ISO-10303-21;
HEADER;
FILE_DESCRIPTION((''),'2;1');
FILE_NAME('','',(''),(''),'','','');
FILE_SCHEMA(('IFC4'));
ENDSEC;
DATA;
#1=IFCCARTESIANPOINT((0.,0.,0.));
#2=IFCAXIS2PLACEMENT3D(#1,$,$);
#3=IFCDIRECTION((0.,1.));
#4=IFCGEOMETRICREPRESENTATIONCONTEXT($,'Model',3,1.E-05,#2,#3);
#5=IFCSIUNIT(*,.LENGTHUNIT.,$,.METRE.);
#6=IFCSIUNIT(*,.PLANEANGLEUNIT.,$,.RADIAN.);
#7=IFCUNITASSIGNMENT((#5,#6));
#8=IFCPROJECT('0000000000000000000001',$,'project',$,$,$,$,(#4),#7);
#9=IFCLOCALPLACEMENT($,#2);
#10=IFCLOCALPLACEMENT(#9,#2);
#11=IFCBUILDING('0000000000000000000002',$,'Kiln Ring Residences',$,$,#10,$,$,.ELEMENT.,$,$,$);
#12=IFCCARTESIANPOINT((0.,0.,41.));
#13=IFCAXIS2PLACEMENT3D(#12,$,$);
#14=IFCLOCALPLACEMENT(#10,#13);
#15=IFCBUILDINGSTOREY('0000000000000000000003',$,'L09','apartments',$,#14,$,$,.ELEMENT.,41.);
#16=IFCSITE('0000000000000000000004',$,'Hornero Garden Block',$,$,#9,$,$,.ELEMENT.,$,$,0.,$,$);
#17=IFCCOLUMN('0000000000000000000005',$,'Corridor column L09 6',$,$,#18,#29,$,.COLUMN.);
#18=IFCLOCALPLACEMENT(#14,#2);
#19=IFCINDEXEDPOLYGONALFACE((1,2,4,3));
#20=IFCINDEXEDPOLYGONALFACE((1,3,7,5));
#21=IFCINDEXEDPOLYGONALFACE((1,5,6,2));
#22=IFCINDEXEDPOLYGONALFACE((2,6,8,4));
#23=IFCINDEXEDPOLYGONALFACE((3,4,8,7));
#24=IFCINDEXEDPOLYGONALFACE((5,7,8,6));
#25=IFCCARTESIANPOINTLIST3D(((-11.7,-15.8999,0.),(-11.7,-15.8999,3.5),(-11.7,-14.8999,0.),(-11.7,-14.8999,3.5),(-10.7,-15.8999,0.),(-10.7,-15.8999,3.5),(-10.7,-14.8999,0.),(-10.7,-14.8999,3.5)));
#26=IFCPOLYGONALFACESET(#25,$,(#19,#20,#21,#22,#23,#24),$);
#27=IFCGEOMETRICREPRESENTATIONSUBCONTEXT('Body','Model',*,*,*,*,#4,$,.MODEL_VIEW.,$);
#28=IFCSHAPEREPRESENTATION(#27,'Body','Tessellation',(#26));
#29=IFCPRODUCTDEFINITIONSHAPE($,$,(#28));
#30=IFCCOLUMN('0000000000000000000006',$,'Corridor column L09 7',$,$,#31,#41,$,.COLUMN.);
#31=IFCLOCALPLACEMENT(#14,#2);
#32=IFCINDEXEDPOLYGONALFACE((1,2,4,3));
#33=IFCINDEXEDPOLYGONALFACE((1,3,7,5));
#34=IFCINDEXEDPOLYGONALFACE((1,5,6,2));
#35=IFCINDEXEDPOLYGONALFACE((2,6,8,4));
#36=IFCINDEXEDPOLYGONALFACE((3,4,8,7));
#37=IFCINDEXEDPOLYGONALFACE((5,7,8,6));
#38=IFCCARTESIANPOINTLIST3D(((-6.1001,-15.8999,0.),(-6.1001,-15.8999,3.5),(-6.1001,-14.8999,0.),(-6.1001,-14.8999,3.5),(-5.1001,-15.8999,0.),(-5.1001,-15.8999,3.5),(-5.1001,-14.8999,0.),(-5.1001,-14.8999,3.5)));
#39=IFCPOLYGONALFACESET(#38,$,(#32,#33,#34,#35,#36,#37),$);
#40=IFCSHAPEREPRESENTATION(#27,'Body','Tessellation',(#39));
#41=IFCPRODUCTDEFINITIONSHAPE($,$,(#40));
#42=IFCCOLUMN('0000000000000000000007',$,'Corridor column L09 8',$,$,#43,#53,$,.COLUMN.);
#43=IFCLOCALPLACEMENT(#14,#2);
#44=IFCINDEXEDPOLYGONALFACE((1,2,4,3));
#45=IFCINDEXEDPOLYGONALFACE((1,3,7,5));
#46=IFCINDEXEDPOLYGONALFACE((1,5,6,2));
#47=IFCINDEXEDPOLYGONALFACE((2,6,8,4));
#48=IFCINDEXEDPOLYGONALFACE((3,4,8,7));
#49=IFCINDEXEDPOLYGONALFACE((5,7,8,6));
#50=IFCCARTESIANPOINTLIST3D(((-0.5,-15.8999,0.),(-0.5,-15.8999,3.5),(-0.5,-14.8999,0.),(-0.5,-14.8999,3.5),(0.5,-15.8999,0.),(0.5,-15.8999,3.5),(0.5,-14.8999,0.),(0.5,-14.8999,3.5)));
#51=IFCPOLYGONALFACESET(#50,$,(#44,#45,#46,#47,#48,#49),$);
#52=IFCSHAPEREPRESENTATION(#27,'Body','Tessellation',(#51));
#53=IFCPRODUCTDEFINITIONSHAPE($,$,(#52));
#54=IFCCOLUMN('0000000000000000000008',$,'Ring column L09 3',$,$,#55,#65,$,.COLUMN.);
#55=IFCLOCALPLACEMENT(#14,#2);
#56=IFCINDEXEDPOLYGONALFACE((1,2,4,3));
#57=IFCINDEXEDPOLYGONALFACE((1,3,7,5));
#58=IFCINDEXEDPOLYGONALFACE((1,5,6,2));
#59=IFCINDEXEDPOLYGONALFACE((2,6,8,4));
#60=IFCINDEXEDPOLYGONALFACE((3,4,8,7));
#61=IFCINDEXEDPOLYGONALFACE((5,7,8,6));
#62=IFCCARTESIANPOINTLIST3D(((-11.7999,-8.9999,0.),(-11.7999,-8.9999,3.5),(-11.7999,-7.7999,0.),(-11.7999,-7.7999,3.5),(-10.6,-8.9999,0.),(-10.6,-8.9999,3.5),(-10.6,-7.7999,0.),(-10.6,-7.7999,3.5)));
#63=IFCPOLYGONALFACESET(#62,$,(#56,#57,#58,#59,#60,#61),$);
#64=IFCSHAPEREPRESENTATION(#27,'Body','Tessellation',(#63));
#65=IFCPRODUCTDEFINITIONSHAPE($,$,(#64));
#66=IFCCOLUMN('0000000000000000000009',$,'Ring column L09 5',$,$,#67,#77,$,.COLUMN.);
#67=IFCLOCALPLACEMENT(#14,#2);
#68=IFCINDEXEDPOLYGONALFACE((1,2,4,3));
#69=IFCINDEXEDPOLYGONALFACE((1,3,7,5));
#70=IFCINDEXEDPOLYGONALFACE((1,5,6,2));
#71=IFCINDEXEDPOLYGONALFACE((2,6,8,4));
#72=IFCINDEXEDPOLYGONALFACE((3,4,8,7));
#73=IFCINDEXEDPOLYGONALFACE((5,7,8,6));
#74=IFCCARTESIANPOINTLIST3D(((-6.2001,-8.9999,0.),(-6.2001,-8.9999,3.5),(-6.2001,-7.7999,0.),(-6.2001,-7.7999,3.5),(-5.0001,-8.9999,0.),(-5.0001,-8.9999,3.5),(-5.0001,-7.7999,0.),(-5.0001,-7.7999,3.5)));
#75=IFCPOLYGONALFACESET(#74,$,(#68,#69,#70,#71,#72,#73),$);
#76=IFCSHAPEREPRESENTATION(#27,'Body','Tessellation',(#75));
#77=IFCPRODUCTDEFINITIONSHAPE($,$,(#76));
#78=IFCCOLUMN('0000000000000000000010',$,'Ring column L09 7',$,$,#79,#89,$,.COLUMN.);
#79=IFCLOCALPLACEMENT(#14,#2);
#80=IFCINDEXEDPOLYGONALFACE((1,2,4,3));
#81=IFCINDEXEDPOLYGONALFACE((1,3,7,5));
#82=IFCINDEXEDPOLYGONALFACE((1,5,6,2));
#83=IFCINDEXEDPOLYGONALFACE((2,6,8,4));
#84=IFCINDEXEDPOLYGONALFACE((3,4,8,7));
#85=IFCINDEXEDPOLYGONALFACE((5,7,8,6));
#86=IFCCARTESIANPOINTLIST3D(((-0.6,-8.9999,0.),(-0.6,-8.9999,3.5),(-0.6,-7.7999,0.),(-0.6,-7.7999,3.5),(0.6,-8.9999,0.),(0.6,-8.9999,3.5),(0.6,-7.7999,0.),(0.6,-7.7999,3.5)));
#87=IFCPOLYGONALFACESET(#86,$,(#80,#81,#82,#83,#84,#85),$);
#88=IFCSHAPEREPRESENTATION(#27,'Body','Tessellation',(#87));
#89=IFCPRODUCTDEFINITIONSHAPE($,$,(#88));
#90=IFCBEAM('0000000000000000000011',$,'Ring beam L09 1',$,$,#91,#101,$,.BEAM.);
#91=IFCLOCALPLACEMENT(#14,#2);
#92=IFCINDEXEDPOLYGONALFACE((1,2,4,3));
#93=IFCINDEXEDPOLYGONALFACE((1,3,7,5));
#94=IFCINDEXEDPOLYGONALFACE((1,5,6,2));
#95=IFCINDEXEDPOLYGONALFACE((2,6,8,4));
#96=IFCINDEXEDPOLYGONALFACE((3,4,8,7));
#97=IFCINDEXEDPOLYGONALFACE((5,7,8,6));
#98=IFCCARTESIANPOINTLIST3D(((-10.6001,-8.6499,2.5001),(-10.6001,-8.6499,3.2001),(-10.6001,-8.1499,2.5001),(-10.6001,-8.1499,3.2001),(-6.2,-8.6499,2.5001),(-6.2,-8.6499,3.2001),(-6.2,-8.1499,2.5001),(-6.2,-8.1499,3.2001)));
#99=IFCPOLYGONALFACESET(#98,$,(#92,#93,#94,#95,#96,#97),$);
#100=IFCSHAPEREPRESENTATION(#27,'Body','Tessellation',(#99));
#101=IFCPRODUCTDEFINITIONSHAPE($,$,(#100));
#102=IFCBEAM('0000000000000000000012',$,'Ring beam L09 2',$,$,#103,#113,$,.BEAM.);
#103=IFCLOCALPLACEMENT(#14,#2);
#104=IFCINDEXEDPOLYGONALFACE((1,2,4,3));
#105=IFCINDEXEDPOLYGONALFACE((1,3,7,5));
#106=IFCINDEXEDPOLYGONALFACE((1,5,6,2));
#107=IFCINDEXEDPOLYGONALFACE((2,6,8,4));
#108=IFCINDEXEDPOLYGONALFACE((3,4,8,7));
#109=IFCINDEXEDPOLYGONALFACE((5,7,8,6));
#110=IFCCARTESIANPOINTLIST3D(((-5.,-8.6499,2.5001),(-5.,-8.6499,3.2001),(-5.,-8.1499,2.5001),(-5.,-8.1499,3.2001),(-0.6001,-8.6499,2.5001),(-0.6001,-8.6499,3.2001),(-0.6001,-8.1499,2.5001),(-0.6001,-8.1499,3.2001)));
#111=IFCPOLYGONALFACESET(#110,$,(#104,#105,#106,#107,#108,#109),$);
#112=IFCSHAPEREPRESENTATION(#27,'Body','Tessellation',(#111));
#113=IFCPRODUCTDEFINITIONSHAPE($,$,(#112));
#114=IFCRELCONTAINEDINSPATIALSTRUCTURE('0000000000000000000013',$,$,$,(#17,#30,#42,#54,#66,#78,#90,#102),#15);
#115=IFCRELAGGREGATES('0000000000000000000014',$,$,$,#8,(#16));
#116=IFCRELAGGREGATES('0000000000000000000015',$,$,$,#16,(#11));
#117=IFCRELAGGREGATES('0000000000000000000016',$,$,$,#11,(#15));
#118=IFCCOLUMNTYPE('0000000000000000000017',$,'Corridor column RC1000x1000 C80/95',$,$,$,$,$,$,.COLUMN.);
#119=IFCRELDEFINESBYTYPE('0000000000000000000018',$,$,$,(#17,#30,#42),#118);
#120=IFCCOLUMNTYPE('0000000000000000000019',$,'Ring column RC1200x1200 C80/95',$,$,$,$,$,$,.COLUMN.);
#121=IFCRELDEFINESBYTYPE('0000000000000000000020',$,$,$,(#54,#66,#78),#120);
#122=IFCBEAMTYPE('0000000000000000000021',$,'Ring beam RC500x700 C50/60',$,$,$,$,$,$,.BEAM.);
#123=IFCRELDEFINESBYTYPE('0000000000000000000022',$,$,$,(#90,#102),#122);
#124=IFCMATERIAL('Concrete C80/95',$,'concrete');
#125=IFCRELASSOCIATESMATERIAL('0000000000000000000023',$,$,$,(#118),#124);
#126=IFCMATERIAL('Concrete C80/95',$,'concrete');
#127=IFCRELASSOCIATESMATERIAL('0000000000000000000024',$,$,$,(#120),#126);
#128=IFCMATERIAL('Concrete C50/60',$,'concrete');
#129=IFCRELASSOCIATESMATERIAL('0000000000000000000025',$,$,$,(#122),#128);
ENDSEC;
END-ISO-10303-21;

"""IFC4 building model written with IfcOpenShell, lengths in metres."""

from ifc_helpers import new_model, si_unit, direction, frame, origin, origin_2d, place, context, subcontext, project, spatial, rectangle, extrude, material, material_profile, profile_set, type_object, element, save


model = new_model("IFC4")

# Units and contexts
model_context = context("Model", 3, precision=1e-05, world=origin(), true_north=direction((0.0, 1.0)))
body_context = subcontext(model_context, "Body", "Model", "MODEL_VIEW")
ifc_project = project(units=[si_unit("LENGTHUNIT", "METRE"), si_unit("PLANEANGLEUNIT", "RADIAN")], contexts=[model_context])

# Site, building, storey
site_placement = place(None, origin())
site = spatial("IfcSite", under=ifc_project, at=site_placement, Name="Hornero Garden Block", CompositionType="ELEMENT", RefElevation=0.0)
building_placement = place(site_placement, origin())
building = spatial("IfcBuilding", under=site, at=building_placement, Name="Kiln Ring Residences", CompositionType="ELEMENT")
storey_placement = place(building_placement, frame((0.0, 0.0, 41.0)))
storey = spatial("IfcBuildingStorey", under=building, at=storey_placement, Name="L09", Description="apartments", CompositionType="ELEMENT", Elevation=41.0)

# Columns
ifc_material_1 = material(Name="Concrete C80/95", Category="concrete")
ifc_material_profile_1 = material_profile(ifc_material_1, rectangle(XDim=1.0, YDim=1.0, at=origin_2d()), Name="RC1000x1000")
ifc_profile_set_1 = profile_set([ifc_material_profile_1], Name="Concrete C80/95")
column_type_1 = type_object("IfcColumnType", Name="Corridor column RC1000x1000 C80/95", PredefinedType="COLUMN", material=ifc_profile_set_1)
for number, where, z_axis, x_axis, name in (
    (1, (-11.2, -15.3999, 0.0), (0.0, 0.0, 1.0), (1.0, 0.0, 0.0), "Corridor column L09 6"),
    (2, (-5.6001, -15.3999, 0.0), (0.0, 0.0, 1.0), (1.0, 0.0, 0.0), "Corridor column L09 7"),
    (3, (0.0, -15.3999, 0.0), (0.0, 0.0, 1.0), (1.0, 0.0, 0.0), "Corridor column L09 8"),
):
    element("IfcColumn", number, at=place(storey_placement, frame(where, z_axis=z_axis, x_axis=x_axis)), inside=storey, type_object=column_type_1, Name=name, PredefinedType="COLUMN", context=body_context, shape_type="SweptSolid", body=[
        extrude(rectangle(XDim=1.0, YDim=1.0, at=origin_2d()), origin(), (0.0, 0.0, 1.0), 3.5),
    ])
ifc_material_2 = material(Name="Concrete C80/95", Category="concrete")
ifc_material_profile_2 = material_profile(ifc_material_2, rectangle(XDim=1.2, YDim=1.2, at=origin_2d()), Name="RC1200x1200")
ifc_profile_set_2 = profile_set([ifc_material_profile_2], Name="Concrete C80/95")
column_type_2 = type_object("IfcColumnType", Name="Ring column RC1200x1200 C80/95", PredefinedType="COLUMN", material=ifc_profile_set_2)
for number, where, z_axis, x_axis, name in (
    (4, (-11.2, -8.3999, 0.0), (0.0, 0.0, 1.0), (1.0, 0.0, 0.0), "Ring column L09 3"),
    (5, (-5.6001, -8.3999, 0.0), (0.0, 0.0, 1.0), (1.0, 0.0, 0.0), "Ring column L09 5"),
    (6, (0.0, -8.3999, 0.0), (0.0, 0.0, 1.0), (1.0, 0.0, 0.0), "Ring column L09 7"),
):
    element("IfcColumn", number, at=place(storey_placement, frame(where, z_axis=z_axis, x_axis=x_axis)), inside=storey, type_object=column_type_2, Name=name, PredefinedType="COLUMN", context=body_context, shape_type="SweptSolid", body=[
        extrude(rectangle(XDim=1.2, YDim=1.2, at=origin_2d()), origin(), (0.0, 0.0, 1.0), 3.5),
    ])

# Beams
ifc_material_3 = material(Name="Concrete C50/60", Category="concrete")
ifc_material_profile_3 = material_profile(ifc_material_3, rectangle(XDim=0.5, YDim=0.7, at=origin_2d()), Name="RC500x700")
ifc_profile_set_3 = profile_set([ifc_material_profile_3], Name="Concrete C50/60")
beam_type = type_object("IfcBeamType", Name="Ring beam RC500x700 C50/60", PredefinedType="BEAM", material=ifc_profile_set_3)
beam_1_placement = place(storey_placement, frame((-10.6001, -8.3999, 2.8501), z_axis=(1.0, 0.0, 0.0), x_axis=(0.0, 1.0, 0.0)))
element("IfcBeam", 7, at=beam_1_placement, inside=storey, type_object=beam_type, Name="Ring beam L09 1", PredefinedType="BEAM", context=body_context, shape_type="SweptSolid", body=[
    extrude(rectangle(XDim=0.5, YDim=0.7, at=origin_2d()), origin(), (0.0, 0.0, 1.0), 4.4001),
])
beam_2_placement = place(storey_placement, frame((-5.0, -8.3999, 2.8501), z_axis=(1.0, 0.0, 0.0), x_axis=(0.0, 1.0, 0.0)))
element("IfcBeam", 8, at=beam_2_placement, inside=storey, type_object=beam_type, Name="Ring beam L09 2", PredefinedType="BEAM", context=body_context, shape_type="SweptSolid", body=[
    extrude(rectangle(XDim=0.5, YDim=0.7, at=origin_2d()), origin(), (0.0, 0.0, 1.0), 4.3999),
])

save(model, "model.ifc")
